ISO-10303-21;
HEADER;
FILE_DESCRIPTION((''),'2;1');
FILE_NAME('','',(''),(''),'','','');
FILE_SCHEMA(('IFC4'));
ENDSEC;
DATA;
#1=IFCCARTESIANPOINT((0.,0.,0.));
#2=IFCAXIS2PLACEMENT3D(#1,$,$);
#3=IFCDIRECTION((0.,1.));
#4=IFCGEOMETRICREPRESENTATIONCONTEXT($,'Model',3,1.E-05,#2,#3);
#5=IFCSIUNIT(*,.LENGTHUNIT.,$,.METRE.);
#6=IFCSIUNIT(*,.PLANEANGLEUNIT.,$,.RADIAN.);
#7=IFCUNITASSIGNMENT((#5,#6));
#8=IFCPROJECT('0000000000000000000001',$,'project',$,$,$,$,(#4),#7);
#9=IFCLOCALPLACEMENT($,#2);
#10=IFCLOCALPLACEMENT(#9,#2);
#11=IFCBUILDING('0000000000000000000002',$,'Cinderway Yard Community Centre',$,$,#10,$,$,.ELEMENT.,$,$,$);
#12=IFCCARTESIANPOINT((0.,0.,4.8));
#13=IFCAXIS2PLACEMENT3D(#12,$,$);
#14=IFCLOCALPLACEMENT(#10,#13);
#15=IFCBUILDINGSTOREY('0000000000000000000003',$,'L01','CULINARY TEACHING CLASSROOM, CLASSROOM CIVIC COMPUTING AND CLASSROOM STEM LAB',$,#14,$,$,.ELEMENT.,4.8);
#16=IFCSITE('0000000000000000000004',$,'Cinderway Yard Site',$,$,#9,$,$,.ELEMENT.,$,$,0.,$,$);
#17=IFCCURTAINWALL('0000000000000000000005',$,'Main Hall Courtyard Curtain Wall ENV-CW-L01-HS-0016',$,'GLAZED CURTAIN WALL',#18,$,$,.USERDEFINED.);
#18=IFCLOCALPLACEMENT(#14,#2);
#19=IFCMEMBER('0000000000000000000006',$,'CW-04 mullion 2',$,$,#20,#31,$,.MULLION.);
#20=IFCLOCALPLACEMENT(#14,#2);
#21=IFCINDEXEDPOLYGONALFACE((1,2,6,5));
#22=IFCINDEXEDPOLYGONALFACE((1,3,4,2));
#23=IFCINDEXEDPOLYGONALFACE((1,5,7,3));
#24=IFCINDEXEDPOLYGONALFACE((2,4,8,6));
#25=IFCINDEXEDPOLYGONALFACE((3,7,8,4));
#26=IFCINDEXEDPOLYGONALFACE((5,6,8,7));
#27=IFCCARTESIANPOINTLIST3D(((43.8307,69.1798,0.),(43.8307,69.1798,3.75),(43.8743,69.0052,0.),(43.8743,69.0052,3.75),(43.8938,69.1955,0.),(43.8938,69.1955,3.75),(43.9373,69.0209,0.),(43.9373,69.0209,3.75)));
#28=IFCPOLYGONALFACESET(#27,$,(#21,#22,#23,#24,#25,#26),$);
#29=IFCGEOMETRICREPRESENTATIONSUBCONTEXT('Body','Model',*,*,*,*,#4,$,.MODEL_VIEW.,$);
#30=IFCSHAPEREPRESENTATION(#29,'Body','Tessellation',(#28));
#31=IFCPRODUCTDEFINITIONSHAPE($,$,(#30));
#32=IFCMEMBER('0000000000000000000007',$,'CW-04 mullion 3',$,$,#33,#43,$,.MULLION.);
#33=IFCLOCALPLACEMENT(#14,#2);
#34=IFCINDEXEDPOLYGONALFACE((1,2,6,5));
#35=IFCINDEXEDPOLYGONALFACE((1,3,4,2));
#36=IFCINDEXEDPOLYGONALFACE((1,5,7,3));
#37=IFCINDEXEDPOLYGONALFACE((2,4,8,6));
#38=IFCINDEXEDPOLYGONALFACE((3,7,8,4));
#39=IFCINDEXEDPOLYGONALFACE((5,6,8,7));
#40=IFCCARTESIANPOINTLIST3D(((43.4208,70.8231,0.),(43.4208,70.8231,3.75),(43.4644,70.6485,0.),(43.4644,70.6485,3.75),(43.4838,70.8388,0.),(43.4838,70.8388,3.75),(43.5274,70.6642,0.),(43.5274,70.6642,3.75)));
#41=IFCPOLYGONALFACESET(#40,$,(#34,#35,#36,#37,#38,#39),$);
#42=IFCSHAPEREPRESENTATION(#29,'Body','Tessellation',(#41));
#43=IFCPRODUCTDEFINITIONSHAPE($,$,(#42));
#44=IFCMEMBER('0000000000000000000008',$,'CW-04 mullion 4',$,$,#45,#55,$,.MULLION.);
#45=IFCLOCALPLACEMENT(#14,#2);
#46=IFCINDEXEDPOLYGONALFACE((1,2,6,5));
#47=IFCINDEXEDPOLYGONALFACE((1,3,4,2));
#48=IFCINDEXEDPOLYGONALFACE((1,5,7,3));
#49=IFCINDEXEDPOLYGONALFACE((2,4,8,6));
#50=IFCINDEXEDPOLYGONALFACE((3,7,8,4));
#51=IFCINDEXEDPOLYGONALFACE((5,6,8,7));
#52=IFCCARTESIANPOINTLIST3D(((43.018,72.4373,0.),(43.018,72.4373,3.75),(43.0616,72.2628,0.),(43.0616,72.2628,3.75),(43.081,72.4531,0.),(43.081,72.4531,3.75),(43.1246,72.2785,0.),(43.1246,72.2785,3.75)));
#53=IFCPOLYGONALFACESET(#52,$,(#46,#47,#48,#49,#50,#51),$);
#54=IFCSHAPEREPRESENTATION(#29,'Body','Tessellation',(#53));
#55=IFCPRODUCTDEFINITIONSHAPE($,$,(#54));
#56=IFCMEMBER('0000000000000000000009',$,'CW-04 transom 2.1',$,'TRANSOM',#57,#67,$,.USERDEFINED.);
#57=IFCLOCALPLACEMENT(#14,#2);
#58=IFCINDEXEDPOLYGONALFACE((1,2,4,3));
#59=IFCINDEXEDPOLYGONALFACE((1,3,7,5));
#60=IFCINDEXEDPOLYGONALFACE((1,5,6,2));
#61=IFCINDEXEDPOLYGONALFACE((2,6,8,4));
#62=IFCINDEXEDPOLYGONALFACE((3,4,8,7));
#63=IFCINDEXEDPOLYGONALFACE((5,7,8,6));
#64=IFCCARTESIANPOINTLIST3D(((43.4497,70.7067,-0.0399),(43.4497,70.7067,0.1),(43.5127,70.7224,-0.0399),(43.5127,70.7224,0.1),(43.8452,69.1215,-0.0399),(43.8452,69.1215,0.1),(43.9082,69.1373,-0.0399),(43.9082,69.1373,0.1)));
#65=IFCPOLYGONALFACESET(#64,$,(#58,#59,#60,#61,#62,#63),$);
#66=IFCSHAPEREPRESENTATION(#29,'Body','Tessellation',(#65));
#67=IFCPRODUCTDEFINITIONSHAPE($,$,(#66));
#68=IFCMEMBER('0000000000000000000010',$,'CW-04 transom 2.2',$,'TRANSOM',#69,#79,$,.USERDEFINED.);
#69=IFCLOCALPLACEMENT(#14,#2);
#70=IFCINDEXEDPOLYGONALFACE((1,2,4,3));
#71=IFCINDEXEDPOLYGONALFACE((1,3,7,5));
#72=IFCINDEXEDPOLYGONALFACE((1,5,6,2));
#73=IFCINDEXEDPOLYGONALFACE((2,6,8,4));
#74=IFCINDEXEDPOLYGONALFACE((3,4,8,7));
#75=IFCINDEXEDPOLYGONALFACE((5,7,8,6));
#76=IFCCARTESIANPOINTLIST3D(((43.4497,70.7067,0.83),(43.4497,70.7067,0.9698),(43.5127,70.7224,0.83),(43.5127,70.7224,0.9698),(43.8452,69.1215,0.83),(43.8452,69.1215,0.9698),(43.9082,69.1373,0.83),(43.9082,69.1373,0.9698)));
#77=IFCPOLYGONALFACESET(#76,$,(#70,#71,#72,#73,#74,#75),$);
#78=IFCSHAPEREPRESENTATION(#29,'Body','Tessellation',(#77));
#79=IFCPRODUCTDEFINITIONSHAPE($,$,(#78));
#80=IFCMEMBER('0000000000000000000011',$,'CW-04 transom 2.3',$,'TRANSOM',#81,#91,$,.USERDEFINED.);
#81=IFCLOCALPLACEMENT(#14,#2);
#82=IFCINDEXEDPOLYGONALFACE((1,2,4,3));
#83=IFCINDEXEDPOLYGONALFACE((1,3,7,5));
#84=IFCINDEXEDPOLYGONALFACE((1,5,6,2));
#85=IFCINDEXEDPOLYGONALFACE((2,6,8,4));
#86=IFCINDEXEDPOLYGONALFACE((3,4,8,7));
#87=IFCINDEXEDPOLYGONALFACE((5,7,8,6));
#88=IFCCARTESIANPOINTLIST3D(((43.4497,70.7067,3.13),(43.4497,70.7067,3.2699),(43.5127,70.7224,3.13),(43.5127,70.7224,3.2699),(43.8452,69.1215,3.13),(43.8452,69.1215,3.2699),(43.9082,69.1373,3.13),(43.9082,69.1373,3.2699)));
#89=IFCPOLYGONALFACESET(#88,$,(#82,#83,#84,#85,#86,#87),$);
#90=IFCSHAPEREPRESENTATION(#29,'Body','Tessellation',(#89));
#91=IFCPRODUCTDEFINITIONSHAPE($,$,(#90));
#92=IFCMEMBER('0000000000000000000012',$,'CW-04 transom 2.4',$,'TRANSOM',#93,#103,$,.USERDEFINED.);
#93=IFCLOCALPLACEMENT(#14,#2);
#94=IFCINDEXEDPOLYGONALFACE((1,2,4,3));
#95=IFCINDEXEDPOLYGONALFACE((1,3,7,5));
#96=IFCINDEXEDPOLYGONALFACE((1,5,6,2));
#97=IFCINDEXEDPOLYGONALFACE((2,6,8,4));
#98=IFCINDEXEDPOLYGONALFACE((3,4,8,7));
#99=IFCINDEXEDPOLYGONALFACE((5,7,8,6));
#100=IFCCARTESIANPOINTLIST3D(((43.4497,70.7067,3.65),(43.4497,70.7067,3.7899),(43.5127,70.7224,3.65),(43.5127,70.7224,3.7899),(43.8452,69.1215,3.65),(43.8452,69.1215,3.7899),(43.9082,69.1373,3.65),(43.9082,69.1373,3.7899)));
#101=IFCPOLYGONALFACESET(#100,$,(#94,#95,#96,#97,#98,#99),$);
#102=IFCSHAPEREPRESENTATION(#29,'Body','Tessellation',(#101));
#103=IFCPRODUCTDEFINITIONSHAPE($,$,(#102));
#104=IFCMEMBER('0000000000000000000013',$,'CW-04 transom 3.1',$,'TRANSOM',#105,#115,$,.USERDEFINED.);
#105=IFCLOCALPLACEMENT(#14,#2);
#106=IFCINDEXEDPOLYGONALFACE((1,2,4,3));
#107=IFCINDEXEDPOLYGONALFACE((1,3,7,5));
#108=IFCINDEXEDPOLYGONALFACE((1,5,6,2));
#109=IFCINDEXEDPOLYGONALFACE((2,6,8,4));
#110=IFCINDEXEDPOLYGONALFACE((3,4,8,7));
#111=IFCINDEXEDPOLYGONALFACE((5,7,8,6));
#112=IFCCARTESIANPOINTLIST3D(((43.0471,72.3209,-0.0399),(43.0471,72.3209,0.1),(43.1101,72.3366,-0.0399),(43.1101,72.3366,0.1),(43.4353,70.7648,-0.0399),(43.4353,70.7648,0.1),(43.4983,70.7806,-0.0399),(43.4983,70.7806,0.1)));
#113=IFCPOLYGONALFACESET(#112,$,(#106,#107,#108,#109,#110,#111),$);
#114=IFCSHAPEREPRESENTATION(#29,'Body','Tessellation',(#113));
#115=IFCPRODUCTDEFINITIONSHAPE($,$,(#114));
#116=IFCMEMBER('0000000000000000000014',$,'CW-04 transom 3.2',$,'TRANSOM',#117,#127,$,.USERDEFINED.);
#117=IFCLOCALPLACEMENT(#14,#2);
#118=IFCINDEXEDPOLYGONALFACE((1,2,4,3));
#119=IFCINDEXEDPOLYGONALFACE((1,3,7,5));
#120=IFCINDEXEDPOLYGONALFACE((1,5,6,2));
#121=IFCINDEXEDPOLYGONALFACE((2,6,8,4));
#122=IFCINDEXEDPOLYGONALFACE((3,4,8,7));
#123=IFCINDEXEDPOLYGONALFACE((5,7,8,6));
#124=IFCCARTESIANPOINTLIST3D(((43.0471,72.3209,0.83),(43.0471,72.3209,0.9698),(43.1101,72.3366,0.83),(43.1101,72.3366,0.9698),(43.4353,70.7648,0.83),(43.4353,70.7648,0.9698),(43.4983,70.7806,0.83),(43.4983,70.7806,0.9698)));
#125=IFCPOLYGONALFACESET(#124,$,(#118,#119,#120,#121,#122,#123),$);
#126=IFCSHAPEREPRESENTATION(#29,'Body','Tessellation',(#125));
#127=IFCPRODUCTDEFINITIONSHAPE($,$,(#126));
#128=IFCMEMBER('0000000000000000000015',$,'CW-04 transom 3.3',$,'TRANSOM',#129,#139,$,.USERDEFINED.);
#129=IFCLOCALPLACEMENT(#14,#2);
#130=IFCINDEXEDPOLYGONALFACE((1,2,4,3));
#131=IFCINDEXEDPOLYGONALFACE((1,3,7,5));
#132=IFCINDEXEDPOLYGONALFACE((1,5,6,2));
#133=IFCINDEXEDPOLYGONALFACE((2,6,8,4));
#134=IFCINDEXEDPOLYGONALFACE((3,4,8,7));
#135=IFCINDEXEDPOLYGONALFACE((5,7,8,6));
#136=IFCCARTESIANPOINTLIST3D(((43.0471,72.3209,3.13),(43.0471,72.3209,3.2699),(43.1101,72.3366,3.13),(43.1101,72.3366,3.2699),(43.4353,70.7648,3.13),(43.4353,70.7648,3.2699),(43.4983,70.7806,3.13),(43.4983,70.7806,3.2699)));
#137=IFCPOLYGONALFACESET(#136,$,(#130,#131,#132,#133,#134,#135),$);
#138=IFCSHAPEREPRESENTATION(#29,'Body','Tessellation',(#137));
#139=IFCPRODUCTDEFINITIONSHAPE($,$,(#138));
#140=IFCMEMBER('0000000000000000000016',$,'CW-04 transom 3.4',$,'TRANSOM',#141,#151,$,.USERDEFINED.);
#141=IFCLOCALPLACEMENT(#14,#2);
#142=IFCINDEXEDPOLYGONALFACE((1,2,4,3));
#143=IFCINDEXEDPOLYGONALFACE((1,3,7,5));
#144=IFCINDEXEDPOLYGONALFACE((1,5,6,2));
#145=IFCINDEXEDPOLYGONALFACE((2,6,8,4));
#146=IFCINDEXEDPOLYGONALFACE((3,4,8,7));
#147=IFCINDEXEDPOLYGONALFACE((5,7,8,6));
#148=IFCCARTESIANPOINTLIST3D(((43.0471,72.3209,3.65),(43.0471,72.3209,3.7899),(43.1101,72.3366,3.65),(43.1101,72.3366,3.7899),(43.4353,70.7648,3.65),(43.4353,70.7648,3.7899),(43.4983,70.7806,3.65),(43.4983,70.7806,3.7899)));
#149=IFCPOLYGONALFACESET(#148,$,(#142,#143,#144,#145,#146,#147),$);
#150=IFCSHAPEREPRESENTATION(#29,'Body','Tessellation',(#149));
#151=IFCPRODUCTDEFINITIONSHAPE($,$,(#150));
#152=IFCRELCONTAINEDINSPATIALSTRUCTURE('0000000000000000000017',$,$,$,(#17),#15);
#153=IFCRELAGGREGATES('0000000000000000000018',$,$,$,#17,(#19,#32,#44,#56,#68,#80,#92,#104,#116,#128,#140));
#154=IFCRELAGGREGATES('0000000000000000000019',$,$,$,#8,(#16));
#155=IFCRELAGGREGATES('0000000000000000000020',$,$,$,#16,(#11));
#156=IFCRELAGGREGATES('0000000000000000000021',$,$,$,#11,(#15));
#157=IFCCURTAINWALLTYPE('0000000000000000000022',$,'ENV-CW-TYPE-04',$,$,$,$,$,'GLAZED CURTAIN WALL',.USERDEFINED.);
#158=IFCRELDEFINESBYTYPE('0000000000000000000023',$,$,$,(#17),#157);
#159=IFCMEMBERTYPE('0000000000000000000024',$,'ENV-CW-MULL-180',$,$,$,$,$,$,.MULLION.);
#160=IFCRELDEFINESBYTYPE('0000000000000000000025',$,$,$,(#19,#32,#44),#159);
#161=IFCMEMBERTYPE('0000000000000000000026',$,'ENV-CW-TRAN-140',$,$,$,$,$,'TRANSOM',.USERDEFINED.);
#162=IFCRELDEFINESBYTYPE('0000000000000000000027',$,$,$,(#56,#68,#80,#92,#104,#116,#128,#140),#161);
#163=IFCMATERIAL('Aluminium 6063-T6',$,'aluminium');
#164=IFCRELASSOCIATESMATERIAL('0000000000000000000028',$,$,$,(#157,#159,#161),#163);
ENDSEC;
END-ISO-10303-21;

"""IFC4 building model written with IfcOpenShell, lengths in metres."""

from ifc_helpers import new_model, si_unit, direction, frame, origin, origin_2d, place, context, subcontext, project, spatial, rectangle, extrude, material, material_profile, profile_set, type_object, element, aggregate, save


model = new_model("IFC4")

# Units and contexts
model_context = context("Model", 3, precision=1e-05, world=origin(), true_north=direction((0.0, 1.0)))
body_context = subcontext(model_context, "Body", "Model", "MODEL_VIEW")
ifc_project = project(units=[si_unit("LENGTHUNIT", "METRE"), si_unit("PLANEANGLEUNIT", "RADIAN")], contexts=[model_context])

# Site, building, storey
site_placement = place(None, origin())
site = spatial("IfcSite", under=ifc_project, at=site_placement, Name="Cinderway Yard Site", CompositionType="ELEMENT", RefElevation=0.0)
building_placement = place(site_placement, origin())
building = spatial("IfcBuilding", under=site, at=building_placement, Name="Cinderway Yard Community Centre", CompositionType="ELEMENT")
storey_placement = place(building_placement, frame((0.0, 0.0, 4.8)))
storey = spatial("IfcBuildingStorey", under=building, at=storey_placement, Name="L01", Description="CULINARY TEACHING CLASSROOM, CLASSROOM CIVIC COMPUTING AND CLASSROOM STEM LAB", CompositionType="ELEMENT", Elevation=4.8)

# Curtain wall, members
ifc_material_1 = material(Name="Aluminium 6063-T6", Category="aluminium")
curtain_wall_type = type_object("IfcCurtainWallType", Name="ENV-CW-TYPE-04", ElementType="GLAZED CURTAIN WALL", PredefinedType="USERDEFINED", material=ifc_material_1)
curtain_wall_placement = place(storey_placement, origin())
curtain_wall = element("IfcCurtainWall", 1, at=curtain_wall_placement, inside=storey, type_object=curtain_wall_type, Name="Main Hall Courtyard Curtain Wall ENV-CW-L01-HS-0016", ObjectType="GLAZED CURTAIN WALL", PredefinedType="USERDEFINED")
ifc_material_profile_1 = material_profile(ifc_material_1, rectangle(XDim=0.0649, YDim=0.1799, at=origin_2d()), Name="Aluminium 6063-T6")
ifc_profile_set_1 = profile_set([ifc_material_profile_1], Name="Aluminium 6063-T6")
member_type_1 = type_object("IfcMemberType", Name="ENV-CW-MULL-180", PredefinedType="MULLION", material=ifc_profile_set_1)
member_1_placement = place(storey_placement, frame((43.884, 69.1003, 0.0), z_axis=(0.0, 0.0, 1.0), x_axis=(-0.970258, -0.242073, 0.0)))
member_1 = element("IfcMember", 2, at=member_1_placement, type_object=member_type_1, Name="CW-04 mullion 2", PredefinedType="MULLION", context=body_context, shape_type="SweptSolid", body=[
    extrude(rectangle(XDim=0.0649, YDim=0.1799, at=origin_2d()), origin(), (0.0, 0.0, 1.0), 3.75),
])
member_2_placement = place(storey_placement, frame((43.4741, 70.7437, 0.0), z_axis=(0.0, 0.0, 1.0), x_axis=(-0.970258, -0.242073, 0.0)))
member_2 = element("IfcMember", 3, at=member_2_placement, type_object=member_type_1, Name="CW-04 mullion 3", PredefinedType="MULLION", context=body_context, shape_type="SweptSolid", body=[
    extrude(rectangle(XDim=0.0649, YDim=0.1799, at=origin_2d()), origin(), (0.0, 0.0, 1.0), 3.75),
])
member_3_placement = place(storey_placement, frame((43.0713, 72.3579, 0.0), z_axis=(0.0, 0.0, 1.0), x_axis=(-0.970258, -0.242073, 0.0)))
member_3 = element("IfcMember", 4, at=member_3_placement, type_object=member_type_1, Name="CW-04 mullion 4", PredefinedType="MULLION", context=body_context, shape_type="SweptSolid", body=[
    extrude(rectangle(XDim=0.0649, YDim=0.1799, at=origin_2d()), origin(), (0.0, 0.0, 1.0), 3.75),
])
ifc_material_profile_2 = material_profile(ifc_material_1, rectangle(XDim=0.0649, YDim=0.1399, at=origin_2d()), Name="Aluminium 6063-T6")
ifc_profile_set_2 = profile_set([ifc_material_profile_2], Name="Aluminium 6063-T6")
member_type_2 = type_object("IfcMemberType", Name="ENV-CW-TRAN-140", ElementType="TRANSOM", PredefinedType="USERDEFINED", material=ifc_profile_set_2)
member_4_placement = place(storey_placement, frame((43.8767, 69.1294, 0.03), z_axis=(-0.242079, 0.970257, 0.0), x_axis=(-0.970257, -0.242079, 0.0)))
member_4 = element("IfcMember", 5, at=member_4_placement, type_object=member_type_2, Name="CW-04 transom 2.1", ObjectType="TRANSOM", PredefinedType="USERDEFINED", context=body_context, shape_type="SweptSolid", body=[
    extrude(rectangle(XDim=0.0649, YDim=0.1399, at=origin_2d()), origin(), (0.0, 0.0, 1.0), 1.6338),
])
member_5_placement = place(storey_placement, frame((43.8767, 69.1294, 0.8999), z_axis=(-0.242079, 0.970257, 0.0), x_axis=(-0.970257, -0.242079, 0.0)))
member_5 = element("IfcMember", 6, at=member_5_placement, type_object=member_type_2, Name="CW-04 transom 2.2", ObjectType="TRANSOM", PredefinedType="USERDEFINED", context=body_context, shape_type="SweptSolid", body=[
    extrude(rectangle(XDim=0.0649, YDim=0.1399, at=origin_2d()), origin(), (0.0, 0.0, 1.0), 1.6338),
])
member_6_placement = place(storey_placement, frame((43.8767, 69.1294, 3.2), z_axis=(-0.242079, 0.970257, 0.0), x_axis=(-0.970257, -0.242079, 0.0)))
member_6 = element("IfcMember", 7, at=member_6_placement, type_object=member_type_2, Name="CW-04 transom 2.3", ObjectType="TRANSOM", PredefinedType="USERDEFINED", context=body_context, shape_type="SweptSolid", body=[
    extrude(rectangle(XDim=0.0649, YDim=0.1399, at=origin_2d()), origin(), (0.0, 0.0, 1.0), 1.6338),
])
member_7_placement = place(storey_placement, frame((43.8767, 69.1294, 3.72), z_axis=(-0.242079, 0.970257, 0.0), x_axis=(-0.970257, -0.242079, 0.0)))
member_7 = element("IfcMember", 8, at=member_7_placement, type_object=member_type_2, Name="CW-04 transom 2.4", ObjectType="TRANSOM", PredefinedType="USERDEFINED", context=body_context, shape_type="SweptSolid", body=[
    extrude(rectangle(XDim=0.0649, YDim=0.1399, at=origin_2d()), origin(), (0.0, 0.0, 1.0), 1.6338),
])
member_8_placement = place(storey_placement, frame((43.4668, 70.7727, 0.03), z_axis=(-0.242034, 0.970268, 0.0), x_axis=(-0.970268, -0.242034, 0.0)))
member_8 = element("IfcMember", 9, at=member_8_placement, type_object=member_type_2, Name="CW-04 transom 3.1", ObjectType="TRANSOM", PredefinedType="USERDEFINED", context=body_context, shape_type="SweptSolid", body=[
    extrude(rectangle(XDim=0.0649, YDim=0.1399, at=origin_2d()), origin(), (0.0, 0.0, 1.0), 1.6038),
])
member_9_placement = place(storey_placement, frame((43.4668, 70.7727, 0.8999), z_axis=(-0.242034, 0.970268, 0.0), x_axis=(-0.970268, -0.242034, 0.0)))
member_9 = element("IfcMember", 10, at=member_9_placement, type_object=member_type_2, Name="CW-04 transom 3.2", ObjectType="TRANSOM", PredefinedType="USERDEFINED", context=body_context, shape_type="SweptSolid", body=[
    extrude(rectangle(XDim=0.0649, YDim=0.1399, at=origin_2d()), origin(), (0.0, 0.0, 1.0), 1.6038),
])
member_10_placement = place(storey_placement, frame((43.4668, 70.7727, 3.2), z_axis=(-0.242034, 0.970268, 0.0), x_axis=(-0.970268, -0.242034, 0.0)))
member_10 = element("IfcMember", 11, at=member_10_placement, type_object=member_type_2, Name="CW-04 transom 3.3", ObjectType="TRANSOM", PredefinedType="USERDEFINED", context=body_context, shape_type="SweptSolid", body=[
    extrude(rectangle(XDim=0.0649, YDim=0.1399, at=origin_2d()), origin(), (0.0, 0.0, 1.0), 1.6038),
])
member_11_placement = place(storey_placement, frame((43.4668, 70.7727, 3.72), z_axis=(-0.242034, 0.970268, 0.0), x_axis=(-0.970268, -0.242034, 0.0)))
member_11 = element("IfcMember", 12, at=member_11_placement, type_object=member_type_2, Name="CW-04 transom 3.4", ObjectType="TRANSOM", PredefinedType="USERDEFINED", context=body_context, shape_type="SweptSolid", body=[
    extrude(rectangle(XDim=0.0649, YDim=0.1399, at=origin_2d()), origin(), (0.0, 0.0, 1.0), 1.6038),
])

aggregate(curtain_wall, [member_1, member_2, member_3, member_4, member_5, member_6, member_7, member_8, member_9, member_10, member_11])

save(model, "model.ifc")
